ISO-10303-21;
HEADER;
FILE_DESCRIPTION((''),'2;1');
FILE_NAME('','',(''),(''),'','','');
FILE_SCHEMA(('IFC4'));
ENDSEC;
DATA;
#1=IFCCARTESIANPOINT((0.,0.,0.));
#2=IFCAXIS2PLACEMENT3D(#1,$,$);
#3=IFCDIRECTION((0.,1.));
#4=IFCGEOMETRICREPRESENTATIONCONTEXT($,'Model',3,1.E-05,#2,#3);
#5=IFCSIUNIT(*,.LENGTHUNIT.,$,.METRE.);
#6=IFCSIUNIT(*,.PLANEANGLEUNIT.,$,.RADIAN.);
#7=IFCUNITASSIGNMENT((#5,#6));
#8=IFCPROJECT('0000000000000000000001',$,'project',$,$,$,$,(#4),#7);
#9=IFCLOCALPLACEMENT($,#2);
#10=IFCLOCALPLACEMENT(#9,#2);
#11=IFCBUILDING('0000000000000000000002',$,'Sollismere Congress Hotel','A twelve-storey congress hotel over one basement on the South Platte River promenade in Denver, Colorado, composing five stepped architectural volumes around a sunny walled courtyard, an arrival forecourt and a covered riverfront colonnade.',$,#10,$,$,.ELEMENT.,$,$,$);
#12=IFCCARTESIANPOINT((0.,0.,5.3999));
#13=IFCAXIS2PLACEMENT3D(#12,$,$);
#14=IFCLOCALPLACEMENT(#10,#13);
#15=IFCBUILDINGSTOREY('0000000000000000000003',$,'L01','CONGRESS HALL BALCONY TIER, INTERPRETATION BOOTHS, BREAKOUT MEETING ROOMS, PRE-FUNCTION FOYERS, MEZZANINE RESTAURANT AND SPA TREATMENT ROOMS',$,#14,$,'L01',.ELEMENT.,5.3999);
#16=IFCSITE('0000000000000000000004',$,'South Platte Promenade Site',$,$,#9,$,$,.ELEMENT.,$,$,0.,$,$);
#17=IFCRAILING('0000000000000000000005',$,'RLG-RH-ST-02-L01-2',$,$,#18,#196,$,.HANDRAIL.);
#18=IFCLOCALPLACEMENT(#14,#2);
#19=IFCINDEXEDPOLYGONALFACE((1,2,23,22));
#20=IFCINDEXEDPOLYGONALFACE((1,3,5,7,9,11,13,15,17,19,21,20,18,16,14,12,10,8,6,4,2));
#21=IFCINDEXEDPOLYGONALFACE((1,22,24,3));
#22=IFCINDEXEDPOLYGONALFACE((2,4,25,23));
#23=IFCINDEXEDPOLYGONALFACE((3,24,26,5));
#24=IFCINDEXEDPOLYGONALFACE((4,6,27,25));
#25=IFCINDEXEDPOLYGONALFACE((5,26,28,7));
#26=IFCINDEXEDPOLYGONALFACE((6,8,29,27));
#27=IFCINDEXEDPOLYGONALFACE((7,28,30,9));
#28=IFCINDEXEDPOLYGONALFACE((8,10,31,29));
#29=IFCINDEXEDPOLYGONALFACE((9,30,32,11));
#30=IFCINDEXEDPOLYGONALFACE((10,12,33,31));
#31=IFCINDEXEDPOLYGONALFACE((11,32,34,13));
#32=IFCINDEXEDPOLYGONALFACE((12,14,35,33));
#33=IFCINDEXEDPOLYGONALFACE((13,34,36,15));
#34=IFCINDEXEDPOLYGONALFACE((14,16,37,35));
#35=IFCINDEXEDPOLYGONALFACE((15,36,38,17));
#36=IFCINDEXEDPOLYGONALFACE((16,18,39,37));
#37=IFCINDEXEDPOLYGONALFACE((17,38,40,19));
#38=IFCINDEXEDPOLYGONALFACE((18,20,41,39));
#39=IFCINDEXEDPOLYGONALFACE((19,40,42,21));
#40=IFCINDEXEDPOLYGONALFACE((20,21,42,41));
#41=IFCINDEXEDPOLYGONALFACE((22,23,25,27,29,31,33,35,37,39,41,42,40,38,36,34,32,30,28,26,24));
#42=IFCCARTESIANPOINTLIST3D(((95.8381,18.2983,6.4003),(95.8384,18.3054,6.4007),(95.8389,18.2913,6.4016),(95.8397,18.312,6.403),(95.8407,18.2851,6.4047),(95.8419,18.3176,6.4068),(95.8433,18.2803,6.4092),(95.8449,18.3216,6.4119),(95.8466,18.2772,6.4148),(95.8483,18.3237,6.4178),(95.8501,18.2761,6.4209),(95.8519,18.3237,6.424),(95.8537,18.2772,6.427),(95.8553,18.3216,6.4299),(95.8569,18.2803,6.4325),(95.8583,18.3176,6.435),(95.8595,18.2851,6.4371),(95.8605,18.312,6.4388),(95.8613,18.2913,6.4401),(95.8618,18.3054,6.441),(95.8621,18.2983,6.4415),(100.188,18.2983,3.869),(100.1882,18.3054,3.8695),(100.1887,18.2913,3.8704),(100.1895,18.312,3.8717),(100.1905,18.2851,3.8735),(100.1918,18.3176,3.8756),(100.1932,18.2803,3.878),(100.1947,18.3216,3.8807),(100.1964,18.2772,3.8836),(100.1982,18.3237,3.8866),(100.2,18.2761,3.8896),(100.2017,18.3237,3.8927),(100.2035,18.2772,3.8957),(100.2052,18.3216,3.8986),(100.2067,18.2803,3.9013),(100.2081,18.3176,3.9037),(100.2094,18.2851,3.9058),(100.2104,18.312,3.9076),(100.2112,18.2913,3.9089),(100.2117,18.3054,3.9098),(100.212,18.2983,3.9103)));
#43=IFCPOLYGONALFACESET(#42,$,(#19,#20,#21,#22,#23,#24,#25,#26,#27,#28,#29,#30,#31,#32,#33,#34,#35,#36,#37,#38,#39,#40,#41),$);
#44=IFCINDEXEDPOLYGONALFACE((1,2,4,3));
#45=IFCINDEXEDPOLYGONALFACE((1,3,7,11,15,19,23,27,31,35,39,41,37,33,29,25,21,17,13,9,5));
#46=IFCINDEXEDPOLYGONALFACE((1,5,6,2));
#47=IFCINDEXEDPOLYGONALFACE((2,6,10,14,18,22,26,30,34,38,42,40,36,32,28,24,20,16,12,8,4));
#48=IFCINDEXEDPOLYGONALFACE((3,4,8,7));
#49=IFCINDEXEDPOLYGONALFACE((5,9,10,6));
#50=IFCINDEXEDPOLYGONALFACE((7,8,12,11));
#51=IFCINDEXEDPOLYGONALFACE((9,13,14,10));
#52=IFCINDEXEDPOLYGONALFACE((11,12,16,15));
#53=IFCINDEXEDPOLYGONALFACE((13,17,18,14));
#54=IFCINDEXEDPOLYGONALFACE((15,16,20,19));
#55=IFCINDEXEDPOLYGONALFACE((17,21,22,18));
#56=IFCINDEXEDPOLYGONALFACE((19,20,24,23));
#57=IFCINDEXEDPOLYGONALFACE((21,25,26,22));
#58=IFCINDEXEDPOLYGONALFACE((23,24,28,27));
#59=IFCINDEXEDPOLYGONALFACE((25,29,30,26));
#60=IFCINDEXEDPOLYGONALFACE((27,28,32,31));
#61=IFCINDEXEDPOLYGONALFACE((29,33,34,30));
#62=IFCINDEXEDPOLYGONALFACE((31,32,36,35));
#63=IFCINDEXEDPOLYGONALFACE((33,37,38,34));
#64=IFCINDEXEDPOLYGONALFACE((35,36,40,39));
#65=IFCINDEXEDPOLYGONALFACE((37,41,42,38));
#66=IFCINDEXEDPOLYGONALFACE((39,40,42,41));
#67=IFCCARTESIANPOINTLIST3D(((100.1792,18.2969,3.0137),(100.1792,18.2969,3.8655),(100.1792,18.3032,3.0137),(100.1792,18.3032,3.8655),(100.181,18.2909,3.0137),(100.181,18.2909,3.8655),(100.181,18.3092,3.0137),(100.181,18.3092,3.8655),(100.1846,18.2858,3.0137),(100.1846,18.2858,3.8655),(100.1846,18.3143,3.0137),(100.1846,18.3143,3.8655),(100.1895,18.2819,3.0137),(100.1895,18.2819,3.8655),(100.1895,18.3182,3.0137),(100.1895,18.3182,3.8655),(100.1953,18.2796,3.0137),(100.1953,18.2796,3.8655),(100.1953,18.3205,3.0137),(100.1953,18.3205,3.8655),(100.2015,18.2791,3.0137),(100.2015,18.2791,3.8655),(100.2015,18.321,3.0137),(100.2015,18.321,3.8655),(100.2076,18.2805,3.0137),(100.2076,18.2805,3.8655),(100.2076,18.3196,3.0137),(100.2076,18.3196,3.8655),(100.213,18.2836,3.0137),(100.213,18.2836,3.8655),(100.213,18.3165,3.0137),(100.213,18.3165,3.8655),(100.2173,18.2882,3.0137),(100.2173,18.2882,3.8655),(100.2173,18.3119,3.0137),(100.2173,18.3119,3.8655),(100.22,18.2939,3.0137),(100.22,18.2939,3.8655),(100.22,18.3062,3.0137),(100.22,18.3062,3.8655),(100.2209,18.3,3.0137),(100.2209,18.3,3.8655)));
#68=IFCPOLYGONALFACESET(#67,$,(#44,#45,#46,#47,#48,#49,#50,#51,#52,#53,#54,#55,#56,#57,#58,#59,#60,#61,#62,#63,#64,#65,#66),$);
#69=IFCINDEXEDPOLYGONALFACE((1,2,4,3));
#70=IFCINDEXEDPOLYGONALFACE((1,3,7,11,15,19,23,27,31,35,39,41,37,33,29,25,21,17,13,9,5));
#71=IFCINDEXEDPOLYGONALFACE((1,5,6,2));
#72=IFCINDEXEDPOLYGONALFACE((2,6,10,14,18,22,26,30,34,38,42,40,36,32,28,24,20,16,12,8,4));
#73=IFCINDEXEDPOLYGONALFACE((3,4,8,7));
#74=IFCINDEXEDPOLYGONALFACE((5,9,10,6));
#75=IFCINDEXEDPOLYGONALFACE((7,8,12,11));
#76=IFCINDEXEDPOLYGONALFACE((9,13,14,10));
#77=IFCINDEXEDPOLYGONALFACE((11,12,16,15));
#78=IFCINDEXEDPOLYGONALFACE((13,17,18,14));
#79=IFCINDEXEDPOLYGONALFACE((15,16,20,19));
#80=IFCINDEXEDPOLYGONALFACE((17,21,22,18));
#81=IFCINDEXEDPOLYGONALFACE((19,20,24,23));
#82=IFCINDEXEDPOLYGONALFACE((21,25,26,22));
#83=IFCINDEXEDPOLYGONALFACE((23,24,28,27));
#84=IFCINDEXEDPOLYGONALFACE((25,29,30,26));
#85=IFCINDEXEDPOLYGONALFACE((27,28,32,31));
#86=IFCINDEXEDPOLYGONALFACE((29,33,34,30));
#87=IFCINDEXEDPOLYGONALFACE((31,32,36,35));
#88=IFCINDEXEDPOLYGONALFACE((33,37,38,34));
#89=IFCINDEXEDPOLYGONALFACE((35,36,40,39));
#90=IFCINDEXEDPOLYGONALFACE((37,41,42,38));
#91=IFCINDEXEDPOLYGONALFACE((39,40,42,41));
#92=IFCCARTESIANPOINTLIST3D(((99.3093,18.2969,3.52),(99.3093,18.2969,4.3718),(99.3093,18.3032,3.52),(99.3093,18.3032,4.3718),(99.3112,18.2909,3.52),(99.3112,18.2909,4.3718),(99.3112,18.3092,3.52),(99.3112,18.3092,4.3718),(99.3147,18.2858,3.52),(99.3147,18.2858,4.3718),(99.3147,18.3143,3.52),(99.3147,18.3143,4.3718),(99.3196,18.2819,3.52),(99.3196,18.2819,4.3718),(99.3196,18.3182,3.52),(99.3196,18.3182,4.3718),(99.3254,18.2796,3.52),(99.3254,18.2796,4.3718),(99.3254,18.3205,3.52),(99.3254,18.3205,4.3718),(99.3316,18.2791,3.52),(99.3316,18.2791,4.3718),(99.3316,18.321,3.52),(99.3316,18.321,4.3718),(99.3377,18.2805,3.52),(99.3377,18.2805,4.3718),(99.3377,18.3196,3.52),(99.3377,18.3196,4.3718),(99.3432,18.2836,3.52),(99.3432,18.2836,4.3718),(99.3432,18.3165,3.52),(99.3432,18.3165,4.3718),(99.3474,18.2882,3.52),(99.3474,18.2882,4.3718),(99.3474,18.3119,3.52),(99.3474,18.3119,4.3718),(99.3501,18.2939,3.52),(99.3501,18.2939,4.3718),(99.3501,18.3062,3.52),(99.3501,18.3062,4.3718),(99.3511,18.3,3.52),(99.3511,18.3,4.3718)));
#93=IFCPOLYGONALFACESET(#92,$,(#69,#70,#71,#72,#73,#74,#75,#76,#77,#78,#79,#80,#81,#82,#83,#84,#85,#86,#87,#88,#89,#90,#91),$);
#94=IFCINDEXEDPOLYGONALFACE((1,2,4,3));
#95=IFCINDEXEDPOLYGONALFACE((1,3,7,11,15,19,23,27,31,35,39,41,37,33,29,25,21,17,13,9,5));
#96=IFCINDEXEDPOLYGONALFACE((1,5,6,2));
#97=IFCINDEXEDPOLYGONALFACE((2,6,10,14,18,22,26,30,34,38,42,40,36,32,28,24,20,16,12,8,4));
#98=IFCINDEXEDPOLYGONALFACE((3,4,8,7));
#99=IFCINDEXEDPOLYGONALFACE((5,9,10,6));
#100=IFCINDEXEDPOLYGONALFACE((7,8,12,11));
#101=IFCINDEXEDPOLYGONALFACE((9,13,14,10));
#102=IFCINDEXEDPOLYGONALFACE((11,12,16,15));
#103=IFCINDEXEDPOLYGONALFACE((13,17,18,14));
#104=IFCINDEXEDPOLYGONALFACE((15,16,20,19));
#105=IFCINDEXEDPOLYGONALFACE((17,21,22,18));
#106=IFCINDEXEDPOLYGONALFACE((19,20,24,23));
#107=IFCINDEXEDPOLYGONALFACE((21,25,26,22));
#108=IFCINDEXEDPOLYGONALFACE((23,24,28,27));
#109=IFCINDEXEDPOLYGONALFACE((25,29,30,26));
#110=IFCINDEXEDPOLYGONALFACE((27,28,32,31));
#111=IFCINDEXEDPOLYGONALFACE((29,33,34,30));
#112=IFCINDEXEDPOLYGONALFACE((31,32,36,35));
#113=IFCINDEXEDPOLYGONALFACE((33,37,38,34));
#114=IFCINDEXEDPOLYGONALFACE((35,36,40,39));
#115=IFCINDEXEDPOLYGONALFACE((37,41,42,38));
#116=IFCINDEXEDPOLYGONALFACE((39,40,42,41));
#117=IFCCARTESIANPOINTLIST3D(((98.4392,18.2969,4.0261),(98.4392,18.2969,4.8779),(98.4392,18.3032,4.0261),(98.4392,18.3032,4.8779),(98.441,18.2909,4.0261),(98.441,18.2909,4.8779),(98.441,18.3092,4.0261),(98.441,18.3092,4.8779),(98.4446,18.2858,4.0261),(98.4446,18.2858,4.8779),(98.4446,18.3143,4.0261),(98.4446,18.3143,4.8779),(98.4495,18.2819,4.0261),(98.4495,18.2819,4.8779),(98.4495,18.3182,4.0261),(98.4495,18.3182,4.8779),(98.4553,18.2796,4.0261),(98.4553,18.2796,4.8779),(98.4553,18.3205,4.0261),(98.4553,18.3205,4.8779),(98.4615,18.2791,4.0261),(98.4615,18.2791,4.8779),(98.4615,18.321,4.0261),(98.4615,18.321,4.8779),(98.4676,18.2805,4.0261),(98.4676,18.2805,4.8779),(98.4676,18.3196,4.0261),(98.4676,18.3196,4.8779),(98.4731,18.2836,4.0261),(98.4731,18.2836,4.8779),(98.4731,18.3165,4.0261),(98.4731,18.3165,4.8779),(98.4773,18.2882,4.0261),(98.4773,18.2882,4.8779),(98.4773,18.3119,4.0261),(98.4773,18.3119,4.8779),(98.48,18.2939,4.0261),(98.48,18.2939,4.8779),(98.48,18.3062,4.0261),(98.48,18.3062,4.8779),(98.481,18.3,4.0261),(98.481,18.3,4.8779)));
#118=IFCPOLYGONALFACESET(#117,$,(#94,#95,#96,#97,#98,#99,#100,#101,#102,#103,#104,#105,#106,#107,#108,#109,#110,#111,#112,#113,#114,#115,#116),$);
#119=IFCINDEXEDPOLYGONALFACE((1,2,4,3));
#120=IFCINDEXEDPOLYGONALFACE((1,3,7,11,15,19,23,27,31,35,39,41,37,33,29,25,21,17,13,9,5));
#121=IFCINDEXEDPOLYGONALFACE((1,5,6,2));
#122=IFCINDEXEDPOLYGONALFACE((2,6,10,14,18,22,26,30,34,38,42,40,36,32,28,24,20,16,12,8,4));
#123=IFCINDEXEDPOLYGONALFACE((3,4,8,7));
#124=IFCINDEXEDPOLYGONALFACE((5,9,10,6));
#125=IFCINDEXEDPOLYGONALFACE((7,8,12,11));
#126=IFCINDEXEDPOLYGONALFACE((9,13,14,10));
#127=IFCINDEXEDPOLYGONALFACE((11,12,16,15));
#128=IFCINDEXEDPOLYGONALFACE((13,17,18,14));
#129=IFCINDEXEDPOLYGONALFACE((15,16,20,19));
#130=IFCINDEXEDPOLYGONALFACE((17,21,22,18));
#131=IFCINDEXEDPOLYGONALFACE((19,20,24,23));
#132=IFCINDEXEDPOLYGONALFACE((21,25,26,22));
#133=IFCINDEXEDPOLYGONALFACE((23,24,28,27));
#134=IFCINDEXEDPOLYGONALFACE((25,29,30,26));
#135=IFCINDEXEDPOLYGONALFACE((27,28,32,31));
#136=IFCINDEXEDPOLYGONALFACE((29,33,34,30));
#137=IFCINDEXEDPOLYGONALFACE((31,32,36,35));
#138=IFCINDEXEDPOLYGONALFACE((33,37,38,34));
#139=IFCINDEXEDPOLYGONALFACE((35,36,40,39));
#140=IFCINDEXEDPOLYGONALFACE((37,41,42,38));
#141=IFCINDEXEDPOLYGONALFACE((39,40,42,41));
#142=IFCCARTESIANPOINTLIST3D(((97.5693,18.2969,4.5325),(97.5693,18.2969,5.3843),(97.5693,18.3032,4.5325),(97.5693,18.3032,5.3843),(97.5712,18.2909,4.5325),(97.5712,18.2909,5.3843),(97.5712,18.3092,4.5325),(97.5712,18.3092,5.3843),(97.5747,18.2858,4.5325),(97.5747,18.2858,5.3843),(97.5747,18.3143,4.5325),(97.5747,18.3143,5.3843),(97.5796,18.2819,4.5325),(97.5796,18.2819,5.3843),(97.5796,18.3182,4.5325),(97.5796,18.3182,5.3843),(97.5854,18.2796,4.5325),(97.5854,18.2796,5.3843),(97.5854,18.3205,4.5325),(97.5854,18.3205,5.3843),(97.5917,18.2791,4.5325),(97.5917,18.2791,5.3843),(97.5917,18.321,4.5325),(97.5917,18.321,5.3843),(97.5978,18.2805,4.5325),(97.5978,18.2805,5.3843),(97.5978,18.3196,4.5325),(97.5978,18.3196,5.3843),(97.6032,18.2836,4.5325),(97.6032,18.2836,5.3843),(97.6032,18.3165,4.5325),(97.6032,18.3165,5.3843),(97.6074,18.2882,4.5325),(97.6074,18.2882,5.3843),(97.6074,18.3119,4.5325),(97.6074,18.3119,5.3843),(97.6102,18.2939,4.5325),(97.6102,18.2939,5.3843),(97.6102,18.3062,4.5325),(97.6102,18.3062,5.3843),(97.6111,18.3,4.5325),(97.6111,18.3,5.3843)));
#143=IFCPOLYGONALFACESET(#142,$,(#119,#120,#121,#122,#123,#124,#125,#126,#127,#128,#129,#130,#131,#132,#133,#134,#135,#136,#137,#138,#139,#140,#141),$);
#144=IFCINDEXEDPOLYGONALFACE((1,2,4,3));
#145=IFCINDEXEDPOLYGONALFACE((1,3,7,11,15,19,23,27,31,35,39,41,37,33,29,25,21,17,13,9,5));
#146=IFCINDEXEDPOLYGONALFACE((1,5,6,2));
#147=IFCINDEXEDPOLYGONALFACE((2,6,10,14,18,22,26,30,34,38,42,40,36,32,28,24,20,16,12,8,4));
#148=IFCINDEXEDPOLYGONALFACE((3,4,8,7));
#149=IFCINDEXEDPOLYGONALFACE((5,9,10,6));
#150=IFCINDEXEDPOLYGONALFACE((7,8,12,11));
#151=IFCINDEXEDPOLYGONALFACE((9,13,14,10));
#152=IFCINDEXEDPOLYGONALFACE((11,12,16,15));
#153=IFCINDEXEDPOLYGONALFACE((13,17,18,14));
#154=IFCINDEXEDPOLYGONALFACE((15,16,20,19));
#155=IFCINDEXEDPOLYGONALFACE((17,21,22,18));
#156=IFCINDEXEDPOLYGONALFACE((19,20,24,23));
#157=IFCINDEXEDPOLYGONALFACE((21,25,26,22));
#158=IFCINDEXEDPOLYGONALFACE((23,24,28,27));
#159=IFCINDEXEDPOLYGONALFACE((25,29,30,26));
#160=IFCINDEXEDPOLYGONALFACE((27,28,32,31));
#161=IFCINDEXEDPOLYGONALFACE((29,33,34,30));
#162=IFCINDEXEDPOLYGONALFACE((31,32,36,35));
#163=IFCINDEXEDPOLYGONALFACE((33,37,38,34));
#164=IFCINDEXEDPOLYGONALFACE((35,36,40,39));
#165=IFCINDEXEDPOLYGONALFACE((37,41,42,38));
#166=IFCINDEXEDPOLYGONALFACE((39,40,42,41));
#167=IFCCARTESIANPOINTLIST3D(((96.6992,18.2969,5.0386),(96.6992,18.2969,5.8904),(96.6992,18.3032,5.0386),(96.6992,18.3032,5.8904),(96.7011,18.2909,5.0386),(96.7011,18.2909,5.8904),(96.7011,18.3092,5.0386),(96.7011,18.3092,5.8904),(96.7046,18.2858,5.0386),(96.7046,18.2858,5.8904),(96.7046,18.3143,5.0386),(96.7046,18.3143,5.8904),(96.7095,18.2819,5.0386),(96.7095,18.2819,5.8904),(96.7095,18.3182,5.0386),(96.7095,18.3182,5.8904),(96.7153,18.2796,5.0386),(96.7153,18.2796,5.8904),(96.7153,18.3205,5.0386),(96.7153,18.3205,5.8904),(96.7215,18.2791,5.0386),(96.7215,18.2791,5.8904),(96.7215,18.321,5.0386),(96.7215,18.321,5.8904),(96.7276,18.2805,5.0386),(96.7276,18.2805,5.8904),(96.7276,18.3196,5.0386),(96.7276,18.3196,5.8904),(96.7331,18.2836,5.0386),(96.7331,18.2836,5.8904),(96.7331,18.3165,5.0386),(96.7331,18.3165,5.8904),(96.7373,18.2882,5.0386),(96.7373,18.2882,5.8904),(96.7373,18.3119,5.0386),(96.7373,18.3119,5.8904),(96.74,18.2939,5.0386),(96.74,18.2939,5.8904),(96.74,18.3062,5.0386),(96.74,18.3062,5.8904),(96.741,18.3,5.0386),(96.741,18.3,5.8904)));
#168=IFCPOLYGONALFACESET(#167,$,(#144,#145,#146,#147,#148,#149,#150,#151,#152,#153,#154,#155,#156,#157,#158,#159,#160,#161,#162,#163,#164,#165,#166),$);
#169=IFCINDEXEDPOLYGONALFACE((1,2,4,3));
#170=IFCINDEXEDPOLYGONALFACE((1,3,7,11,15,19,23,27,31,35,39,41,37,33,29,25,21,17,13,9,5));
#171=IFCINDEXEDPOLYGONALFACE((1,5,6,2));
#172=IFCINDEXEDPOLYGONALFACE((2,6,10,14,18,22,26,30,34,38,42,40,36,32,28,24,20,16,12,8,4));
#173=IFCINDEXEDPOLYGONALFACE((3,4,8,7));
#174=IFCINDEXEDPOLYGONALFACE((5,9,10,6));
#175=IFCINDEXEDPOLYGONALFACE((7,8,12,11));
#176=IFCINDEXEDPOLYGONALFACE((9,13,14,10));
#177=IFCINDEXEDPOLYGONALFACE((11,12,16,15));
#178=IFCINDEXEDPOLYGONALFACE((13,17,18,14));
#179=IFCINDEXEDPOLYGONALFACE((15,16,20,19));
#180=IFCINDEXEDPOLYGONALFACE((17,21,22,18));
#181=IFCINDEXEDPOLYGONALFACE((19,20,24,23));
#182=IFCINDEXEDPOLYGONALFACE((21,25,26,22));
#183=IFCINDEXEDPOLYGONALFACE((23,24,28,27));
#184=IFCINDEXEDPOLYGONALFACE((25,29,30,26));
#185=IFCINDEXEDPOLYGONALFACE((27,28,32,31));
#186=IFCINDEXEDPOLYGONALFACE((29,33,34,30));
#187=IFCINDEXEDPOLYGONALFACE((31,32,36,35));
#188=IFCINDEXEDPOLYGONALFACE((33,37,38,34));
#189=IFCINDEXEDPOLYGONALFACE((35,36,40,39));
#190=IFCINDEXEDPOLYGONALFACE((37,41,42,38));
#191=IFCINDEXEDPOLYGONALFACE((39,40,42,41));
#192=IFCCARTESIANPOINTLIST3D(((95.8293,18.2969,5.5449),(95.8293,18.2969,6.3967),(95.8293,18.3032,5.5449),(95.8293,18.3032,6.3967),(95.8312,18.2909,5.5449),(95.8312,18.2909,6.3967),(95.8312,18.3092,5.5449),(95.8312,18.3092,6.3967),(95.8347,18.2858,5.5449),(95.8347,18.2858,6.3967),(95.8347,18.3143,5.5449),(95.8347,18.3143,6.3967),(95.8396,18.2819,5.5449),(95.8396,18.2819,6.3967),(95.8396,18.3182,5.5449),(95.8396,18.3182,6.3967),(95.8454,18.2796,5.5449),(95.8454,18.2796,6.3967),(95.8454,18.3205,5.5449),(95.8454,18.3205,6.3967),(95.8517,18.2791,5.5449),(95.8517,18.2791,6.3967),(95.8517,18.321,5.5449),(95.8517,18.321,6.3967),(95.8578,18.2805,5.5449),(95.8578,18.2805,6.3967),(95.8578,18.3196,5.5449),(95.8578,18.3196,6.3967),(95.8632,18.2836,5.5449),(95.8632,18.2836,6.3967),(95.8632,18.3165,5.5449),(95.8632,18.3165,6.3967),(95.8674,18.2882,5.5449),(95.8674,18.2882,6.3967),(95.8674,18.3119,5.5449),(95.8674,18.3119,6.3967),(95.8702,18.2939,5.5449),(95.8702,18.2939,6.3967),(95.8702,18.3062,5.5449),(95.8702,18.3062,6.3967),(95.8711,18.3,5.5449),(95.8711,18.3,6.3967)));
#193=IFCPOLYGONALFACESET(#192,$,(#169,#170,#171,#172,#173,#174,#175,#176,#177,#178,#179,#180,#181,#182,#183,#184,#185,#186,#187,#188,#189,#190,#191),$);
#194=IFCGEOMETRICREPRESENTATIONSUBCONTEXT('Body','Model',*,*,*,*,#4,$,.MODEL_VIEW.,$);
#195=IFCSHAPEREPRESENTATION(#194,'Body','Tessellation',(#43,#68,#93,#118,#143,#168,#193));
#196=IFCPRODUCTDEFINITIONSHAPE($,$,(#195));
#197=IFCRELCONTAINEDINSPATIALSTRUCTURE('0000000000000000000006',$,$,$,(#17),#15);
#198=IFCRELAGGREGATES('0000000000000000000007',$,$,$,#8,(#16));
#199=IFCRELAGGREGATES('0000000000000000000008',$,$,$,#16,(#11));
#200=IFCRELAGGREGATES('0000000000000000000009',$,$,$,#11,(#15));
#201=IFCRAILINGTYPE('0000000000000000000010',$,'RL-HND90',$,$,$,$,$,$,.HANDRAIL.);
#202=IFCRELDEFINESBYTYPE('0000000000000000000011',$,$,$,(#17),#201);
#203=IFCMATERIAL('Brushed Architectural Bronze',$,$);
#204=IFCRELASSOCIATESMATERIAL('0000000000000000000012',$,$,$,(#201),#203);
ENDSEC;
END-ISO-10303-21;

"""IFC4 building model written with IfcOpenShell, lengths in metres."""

from ifc_helpers import new_model, si_unit, direction, frame, origin, origin_2d, place, context, subcontext, project, spatial, circle, extrude, material, type_object, element, save


model = new_model("IFC4")

# Units and contexts
model_context = context("Model", 3, precision=1e-05, world=origin(), true_north=direction((0.0, 1.0)))
body_context = subcontext(model_context, "Body", "Model", "MODEL_VIEW")
ifc_project = project(units=[si_unit("LENGTHUNIT", "METRE"), si_unit("PLANEANGLEUNIT", "RADIAN")], contexts=[model_context])

# Site, building, storey
site_placement = place(None, origin())
site = spatial("IfcSite", under=ifc_project, at=site_placement, Name="South Platte Promenade Site", CompositionType="ELEMENT", RefElevation=0.0)
building_placement = place(site_placement, origin())
building = spatial("IfcBuilding", under=site, at=building_placement, Name="Sollismere Congress Hotel", Description="A twelve-storey congress hotel over one basement on the South Platte River promenade in Denver, Colorado, composing five stepped architectural volumes around a sunny walled courtyard, an arrival forecourt and a covered riverfront colonnade.", CompositionType="ELEMENT")
storey_placement = place(building_placement, frame((0.0, 0.0, 5.3999)))
storey = spatial("IfcBuildingStorey", under=building, at=storey_placement, Name="L01", Description="CONGRESS HALL BALCONY TIER, INTERPRETATION BOOTHS, BREAKOUT MEETING ROOMS, PRE-FUNCTION FOYERS, MEZZANINE RESTAURANT AND SPA TREATMENT ROOMS", LongName="L01", CompositionType="ELEMENT", Elevation=5.3999)

# Railing
ifc_material_1 = material(Name="Brushed Architectural Bronze")
railing_type_1 = type_object("IfcRailingType", Name="RL-HND90", PredefinedType="HANDRAIL", material=ifc_material_1)
railing_1_placement = place(storey_placement, frame((100.2, 18.3, 3.0137)))
element("IfcRailing", 1, at=railing_1_placement, inside=storey, type_object=railing_type_1, Name="RLG-RH-ST-02-L01-2", PredefinedType="HANDRAIL", context=body_context, shape_type="SweptSolid", body=[
    extrude(circle(Radius=0.0239, at=origin_2d()), frame((0.0, 0.0, 0.876), z_axis=(-0.864312, 0.0, 0.502957), x_axis=(0.0, -1.0, 0.0)), (0.0, 0.0, 1.0), 5.0327),
    extrude(circle(Radius=0.021, at=origin_2d()), origin(), (0.0, 0.0, 1.0), 0.8518),
    extrude(circle(Radius=0.021, at=origin_2d()), frame((-0.8699, 0.0, 0.5063)), (0.0, 0.0, 1.0), 0.8518),
    extrude(circle(Radius=0.021, at=origin_2d()), frame((-1.74, 0.0, 1.0125)), (0.0, 0.0, 1.0), 0.8518),
    extrude(circle(Radius=0.021, at=origin_2d()), frame((-2.6099, 0.0, 1.5188)), (0.0, 0.0, 1.0), 0.8518),
    extrude(circle(Radius=0.021, at=origin_2d()), frame((-3.48, 0.0, 2.0249)), (0.0, 0.0, 1.0), 0.8518),
    extrude(circle(Radius=0.021, at=origin_2d()), frame((-4.3499, 0.0, 2.5312)), (0.0, 0.0, 1.0), 0.8518),
])

save(model, "model.ifc")
